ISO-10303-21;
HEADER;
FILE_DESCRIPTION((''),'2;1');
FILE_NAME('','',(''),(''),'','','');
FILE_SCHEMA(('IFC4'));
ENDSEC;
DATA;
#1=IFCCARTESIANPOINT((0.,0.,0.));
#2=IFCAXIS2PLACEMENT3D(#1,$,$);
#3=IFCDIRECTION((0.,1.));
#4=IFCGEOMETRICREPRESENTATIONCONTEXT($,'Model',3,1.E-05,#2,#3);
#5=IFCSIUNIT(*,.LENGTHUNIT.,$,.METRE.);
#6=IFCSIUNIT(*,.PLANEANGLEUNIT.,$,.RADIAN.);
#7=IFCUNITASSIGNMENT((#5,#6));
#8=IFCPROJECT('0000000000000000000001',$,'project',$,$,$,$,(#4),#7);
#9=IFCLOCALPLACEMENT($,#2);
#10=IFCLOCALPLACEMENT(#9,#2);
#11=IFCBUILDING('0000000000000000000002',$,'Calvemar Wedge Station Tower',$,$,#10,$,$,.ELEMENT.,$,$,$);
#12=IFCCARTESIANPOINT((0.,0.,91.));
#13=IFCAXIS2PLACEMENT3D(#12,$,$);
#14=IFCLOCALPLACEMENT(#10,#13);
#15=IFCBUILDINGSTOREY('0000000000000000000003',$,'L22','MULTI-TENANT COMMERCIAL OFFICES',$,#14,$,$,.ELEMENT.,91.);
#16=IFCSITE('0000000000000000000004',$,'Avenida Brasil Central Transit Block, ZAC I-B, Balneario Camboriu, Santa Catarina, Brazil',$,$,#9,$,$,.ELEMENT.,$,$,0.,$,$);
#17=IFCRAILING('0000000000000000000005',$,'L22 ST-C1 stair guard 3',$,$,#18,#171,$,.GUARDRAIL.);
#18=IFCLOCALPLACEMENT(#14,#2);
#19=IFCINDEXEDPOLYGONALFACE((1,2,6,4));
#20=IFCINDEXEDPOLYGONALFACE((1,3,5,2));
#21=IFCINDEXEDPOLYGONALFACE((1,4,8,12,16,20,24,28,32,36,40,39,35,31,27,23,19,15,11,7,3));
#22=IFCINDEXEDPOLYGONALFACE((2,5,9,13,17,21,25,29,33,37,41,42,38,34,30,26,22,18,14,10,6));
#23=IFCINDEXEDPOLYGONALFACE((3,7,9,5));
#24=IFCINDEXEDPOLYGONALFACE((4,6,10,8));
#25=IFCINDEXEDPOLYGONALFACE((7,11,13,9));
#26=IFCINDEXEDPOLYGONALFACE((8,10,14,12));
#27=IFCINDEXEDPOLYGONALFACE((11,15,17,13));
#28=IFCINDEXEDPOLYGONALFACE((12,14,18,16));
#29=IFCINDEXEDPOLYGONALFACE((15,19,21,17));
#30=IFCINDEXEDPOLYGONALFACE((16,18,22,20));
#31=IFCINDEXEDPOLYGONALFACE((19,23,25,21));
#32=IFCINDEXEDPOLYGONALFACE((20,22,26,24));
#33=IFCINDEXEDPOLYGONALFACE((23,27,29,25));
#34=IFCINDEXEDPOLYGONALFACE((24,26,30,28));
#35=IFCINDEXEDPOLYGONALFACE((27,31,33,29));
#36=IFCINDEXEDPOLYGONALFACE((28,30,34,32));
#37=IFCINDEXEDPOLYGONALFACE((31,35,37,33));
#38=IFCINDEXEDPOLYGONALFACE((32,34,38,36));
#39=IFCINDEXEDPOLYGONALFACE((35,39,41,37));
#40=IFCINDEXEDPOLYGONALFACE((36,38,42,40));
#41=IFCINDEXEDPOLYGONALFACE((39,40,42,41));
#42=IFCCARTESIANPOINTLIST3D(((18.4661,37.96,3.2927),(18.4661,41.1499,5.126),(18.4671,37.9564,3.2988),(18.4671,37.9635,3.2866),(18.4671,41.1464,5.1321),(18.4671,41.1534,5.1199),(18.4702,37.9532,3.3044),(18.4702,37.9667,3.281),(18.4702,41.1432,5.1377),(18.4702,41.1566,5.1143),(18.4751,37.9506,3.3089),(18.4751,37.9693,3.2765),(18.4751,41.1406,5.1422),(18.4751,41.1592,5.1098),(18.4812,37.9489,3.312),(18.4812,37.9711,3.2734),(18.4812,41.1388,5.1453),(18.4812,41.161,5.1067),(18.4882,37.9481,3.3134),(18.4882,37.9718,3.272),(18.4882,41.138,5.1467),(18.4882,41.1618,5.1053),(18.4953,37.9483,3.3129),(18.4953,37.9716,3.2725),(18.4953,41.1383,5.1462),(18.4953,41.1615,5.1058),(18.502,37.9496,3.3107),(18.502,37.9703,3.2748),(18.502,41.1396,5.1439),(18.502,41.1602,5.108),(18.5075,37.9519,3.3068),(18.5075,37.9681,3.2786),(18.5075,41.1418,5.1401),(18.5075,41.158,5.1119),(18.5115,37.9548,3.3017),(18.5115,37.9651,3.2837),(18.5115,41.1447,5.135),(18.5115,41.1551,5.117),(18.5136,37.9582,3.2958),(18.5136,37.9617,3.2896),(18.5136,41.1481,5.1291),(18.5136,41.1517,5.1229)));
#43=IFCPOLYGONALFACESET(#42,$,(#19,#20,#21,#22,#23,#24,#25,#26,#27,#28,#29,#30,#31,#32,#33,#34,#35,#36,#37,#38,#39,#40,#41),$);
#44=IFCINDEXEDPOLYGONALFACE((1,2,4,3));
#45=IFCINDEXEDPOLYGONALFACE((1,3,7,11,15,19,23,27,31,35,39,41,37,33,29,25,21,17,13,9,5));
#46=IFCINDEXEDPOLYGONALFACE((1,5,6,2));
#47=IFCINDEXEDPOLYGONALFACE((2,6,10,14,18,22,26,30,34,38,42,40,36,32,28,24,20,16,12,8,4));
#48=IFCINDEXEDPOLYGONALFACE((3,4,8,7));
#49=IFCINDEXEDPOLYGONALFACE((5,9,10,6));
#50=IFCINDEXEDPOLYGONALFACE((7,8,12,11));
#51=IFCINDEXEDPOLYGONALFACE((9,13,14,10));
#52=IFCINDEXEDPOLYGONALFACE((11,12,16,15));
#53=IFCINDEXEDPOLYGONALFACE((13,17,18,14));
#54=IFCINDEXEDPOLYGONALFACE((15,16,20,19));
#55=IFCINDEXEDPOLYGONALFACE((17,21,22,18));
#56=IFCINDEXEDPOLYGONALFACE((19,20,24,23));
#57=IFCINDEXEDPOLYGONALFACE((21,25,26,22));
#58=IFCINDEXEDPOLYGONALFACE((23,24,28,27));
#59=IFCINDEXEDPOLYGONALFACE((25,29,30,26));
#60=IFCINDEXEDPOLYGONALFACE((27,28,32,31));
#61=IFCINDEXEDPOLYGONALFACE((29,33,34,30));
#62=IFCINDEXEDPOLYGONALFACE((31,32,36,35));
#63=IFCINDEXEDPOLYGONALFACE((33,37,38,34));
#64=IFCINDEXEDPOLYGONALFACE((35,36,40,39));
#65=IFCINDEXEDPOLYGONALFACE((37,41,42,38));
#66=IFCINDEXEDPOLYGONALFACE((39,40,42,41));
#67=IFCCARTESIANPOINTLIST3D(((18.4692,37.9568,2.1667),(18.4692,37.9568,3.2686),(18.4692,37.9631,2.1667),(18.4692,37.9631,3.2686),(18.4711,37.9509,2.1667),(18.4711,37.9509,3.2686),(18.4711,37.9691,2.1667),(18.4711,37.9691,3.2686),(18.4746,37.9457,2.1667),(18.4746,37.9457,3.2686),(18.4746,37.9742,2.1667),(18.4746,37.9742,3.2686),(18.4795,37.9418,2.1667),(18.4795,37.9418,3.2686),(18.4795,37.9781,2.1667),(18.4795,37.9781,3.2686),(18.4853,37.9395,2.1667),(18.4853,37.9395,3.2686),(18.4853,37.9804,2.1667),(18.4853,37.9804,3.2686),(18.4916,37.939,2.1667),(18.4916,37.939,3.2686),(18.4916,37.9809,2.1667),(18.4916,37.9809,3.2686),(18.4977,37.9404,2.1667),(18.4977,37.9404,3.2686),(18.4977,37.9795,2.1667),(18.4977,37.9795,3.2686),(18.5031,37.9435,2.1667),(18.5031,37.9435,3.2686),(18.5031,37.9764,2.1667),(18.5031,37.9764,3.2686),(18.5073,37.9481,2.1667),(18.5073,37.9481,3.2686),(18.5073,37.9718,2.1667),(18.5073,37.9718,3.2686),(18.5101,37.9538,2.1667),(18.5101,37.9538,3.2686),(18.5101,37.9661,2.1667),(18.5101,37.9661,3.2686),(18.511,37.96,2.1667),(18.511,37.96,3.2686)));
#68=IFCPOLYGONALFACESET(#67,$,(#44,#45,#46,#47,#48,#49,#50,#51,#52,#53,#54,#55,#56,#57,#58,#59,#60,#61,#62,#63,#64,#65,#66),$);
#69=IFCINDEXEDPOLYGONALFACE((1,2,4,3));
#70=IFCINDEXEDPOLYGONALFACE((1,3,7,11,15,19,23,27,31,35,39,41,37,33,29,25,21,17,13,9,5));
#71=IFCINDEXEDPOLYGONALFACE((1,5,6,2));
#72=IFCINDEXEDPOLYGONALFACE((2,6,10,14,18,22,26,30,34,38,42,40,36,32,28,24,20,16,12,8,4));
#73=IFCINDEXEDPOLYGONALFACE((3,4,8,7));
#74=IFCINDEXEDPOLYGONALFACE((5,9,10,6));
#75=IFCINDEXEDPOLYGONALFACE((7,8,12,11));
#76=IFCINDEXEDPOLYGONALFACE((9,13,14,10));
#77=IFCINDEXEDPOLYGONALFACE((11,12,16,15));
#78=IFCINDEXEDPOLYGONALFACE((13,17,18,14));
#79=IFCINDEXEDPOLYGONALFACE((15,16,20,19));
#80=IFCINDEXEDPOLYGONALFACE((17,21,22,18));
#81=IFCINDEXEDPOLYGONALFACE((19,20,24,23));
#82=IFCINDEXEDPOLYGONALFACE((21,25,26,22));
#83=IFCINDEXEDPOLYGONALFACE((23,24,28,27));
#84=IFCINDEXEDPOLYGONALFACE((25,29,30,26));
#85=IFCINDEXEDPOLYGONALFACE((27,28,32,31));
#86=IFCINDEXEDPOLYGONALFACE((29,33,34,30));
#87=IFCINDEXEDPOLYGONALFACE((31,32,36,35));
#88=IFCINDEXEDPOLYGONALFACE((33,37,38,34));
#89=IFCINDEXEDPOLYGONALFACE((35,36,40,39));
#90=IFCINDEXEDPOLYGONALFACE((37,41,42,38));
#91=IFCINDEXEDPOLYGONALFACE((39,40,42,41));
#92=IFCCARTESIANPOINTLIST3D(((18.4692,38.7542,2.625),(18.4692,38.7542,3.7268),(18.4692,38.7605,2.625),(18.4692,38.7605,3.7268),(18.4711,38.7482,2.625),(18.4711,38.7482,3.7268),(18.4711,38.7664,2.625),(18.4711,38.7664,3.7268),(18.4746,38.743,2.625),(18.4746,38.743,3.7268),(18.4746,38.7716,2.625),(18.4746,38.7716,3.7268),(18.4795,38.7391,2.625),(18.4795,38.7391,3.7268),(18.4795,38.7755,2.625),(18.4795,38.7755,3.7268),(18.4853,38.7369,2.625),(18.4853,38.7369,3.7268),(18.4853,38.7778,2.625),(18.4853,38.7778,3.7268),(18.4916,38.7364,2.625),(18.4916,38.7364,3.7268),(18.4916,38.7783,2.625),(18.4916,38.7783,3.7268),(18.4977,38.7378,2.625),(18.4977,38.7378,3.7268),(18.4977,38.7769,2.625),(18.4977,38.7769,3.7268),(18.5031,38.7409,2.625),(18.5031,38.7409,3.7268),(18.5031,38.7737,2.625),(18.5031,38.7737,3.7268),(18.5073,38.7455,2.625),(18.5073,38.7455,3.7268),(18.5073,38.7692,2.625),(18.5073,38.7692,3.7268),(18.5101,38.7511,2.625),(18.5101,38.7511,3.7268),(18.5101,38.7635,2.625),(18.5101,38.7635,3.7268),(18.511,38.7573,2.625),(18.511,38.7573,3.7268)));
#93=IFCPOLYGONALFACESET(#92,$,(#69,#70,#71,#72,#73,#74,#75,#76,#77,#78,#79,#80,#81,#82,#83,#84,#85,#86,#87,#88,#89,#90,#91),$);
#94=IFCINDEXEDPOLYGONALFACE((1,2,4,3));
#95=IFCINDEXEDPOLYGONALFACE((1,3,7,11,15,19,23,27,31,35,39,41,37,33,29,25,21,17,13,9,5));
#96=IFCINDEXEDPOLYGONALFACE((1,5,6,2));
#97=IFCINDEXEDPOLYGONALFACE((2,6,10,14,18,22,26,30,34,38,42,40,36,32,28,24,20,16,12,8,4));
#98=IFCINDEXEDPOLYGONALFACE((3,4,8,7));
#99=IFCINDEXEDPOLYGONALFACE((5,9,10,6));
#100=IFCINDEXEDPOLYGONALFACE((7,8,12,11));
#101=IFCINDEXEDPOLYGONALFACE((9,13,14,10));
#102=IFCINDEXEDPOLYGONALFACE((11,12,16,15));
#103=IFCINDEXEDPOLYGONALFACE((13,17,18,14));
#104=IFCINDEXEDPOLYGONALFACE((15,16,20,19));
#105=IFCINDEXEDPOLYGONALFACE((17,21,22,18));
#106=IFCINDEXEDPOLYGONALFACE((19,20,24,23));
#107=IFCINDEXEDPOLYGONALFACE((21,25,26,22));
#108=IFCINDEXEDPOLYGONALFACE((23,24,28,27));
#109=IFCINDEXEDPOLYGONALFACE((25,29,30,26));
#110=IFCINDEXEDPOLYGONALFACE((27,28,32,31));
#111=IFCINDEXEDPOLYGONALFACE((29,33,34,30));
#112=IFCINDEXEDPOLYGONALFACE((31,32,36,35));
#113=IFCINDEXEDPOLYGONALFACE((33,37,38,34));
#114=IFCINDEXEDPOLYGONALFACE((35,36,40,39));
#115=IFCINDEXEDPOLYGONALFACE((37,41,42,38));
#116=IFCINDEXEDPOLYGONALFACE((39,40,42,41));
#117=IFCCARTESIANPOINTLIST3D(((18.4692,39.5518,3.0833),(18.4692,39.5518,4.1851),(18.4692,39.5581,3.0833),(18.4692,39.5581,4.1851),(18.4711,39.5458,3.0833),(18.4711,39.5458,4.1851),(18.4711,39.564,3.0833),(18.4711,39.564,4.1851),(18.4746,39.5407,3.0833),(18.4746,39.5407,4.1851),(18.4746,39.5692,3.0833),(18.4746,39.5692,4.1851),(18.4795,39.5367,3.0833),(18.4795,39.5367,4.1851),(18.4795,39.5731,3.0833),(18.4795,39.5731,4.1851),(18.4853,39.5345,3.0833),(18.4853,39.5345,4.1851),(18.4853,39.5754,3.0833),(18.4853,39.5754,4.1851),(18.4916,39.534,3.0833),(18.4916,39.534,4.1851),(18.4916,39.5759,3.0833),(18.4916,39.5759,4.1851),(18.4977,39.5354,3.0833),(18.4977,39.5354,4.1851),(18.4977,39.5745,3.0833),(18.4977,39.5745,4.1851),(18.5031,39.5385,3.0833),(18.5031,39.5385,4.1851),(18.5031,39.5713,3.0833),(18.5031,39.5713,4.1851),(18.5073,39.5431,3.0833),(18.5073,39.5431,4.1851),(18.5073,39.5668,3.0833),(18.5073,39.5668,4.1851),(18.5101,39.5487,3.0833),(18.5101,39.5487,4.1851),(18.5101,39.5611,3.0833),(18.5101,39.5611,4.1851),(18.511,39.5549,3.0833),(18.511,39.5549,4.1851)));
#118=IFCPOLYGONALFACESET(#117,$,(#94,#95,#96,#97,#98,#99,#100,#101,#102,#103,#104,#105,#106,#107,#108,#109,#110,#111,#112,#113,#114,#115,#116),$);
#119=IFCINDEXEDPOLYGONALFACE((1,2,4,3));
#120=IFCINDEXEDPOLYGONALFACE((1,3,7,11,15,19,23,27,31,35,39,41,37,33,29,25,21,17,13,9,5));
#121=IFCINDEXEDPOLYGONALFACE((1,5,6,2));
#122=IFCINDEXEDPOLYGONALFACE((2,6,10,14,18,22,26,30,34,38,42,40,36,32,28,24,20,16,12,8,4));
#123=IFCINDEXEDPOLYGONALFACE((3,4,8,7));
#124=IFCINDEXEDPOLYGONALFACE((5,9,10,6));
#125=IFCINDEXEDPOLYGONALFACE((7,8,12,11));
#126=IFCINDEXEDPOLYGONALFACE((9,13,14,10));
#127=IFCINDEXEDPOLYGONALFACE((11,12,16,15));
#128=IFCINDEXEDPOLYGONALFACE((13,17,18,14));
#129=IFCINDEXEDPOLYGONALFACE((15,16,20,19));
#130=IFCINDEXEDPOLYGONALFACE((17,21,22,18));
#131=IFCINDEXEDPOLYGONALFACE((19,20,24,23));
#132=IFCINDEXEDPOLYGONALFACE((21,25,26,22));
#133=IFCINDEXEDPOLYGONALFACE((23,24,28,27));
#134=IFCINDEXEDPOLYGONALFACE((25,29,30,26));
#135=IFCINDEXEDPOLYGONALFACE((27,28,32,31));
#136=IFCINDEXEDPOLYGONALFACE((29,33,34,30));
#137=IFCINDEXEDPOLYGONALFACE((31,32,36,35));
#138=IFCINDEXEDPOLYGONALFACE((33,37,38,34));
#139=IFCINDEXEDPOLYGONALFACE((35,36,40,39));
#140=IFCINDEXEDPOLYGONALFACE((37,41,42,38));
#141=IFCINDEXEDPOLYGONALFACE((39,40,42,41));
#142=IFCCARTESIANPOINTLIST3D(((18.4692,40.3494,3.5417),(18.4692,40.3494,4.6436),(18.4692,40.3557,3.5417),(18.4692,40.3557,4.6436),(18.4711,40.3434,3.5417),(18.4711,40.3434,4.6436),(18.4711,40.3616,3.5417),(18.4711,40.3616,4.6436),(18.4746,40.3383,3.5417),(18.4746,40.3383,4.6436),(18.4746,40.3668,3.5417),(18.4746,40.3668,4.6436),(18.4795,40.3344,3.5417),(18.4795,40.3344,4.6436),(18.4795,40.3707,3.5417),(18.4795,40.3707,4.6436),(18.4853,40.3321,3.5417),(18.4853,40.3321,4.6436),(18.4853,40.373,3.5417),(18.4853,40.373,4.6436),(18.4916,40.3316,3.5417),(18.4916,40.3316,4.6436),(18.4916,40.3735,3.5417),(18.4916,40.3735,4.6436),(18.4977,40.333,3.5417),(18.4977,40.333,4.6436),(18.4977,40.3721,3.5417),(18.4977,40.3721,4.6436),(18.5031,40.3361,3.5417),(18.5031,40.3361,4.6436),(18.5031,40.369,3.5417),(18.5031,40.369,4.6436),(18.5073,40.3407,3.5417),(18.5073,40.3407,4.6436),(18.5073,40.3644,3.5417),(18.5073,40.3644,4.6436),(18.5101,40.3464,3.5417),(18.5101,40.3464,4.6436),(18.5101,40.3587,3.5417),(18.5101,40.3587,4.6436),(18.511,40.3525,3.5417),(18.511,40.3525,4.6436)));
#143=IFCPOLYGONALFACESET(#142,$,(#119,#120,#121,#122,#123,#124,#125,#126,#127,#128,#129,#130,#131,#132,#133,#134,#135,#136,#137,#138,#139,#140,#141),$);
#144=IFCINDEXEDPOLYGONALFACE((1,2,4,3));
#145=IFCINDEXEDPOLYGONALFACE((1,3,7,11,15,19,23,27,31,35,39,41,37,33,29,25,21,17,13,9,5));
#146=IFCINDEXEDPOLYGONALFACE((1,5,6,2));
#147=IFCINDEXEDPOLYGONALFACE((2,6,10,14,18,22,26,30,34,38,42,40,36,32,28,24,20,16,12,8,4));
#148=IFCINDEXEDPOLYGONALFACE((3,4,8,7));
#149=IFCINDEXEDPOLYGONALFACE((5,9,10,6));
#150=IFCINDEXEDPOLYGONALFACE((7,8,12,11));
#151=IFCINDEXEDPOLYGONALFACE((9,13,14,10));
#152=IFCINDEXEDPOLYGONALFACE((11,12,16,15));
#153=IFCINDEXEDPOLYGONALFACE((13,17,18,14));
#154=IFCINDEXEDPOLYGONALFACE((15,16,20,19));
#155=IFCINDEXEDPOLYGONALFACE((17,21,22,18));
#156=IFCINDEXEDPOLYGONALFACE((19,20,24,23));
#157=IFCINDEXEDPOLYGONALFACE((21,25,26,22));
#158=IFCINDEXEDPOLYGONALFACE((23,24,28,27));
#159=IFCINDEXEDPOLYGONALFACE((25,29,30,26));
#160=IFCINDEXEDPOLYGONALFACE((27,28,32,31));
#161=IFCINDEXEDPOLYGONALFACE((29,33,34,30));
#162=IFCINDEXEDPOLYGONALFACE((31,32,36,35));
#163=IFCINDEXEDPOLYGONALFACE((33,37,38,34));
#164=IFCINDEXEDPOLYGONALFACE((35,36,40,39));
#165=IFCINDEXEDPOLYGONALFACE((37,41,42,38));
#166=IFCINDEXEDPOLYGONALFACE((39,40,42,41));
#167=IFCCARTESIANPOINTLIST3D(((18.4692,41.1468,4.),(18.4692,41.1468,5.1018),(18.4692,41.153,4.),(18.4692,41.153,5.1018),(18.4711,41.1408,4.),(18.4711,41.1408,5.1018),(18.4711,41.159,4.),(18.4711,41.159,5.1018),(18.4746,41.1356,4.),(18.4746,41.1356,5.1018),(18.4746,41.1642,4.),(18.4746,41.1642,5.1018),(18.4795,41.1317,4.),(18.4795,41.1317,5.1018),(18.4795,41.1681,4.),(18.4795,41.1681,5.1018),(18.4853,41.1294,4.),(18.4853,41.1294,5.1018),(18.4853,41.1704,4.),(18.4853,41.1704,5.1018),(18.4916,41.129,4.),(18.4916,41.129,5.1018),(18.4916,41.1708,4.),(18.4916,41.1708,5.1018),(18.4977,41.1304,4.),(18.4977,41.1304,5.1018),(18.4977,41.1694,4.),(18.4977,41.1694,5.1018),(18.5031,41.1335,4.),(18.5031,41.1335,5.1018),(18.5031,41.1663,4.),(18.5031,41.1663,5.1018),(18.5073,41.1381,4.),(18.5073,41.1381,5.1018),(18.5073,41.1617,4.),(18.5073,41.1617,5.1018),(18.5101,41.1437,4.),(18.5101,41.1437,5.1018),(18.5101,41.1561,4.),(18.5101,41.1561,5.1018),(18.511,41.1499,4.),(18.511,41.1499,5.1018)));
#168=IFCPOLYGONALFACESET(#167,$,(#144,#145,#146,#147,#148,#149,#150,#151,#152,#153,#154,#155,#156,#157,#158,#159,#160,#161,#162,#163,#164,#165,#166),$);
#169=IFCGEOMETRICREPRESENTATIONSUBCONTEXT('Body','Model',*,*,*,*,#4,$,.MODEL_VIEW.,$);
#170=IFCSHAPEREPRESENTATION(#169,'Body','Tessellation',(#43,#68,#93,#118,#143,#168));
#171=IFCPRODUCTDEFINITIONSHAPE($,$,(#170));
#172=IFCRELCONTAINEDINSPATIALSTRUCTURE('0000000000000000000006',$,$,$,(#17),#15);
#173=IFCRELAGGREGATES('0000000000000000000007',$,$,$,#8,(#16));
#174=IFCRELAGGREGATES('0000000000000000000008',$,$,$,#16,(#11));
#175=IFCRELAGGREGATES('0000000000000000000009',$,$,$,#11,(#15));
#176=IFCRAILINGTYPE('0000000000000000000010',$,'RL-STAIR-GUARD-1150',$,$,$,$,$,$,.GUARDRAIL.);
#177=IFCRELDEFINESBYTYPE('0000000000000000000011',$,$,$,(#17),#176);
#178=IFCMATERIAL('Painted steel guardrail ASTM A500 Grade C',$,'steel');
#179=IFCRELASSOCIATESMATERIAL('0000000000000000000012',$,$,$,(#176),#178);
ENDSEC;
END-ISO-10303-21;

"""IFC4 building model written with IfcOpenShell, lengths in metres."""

from ifc_helpers import new_model, si_unit, direction, frame, origin, origin_2d, place, context, subcontext, project, spatial, circle, extrude, material, type_object, element, save


model = new_model("IFC4")

# Units and contexts
model_context = context("Model", 3, precision=1e-05, world=origin(), true_north=direction((0.0, 1.0)))
body_context = subcontext(model_context, "Body", "Model", "MODEL_VIEW")
ifc_project = project(units=[si_unit("LENGTHUNIT", "METRE"), si_unit("PLANEANGLEUNIT", "RADIAN")], contexts=[model_context])

# Site, building, storey
site_placement = place(None, origin())
site = spatial("IfcSite", under=ifc_project, at=site_placement, Name="Avenida Brasil Central Transit Block, ZAC I-B, Balneario Camboriu, Santa Catarina, Brazil", CompositionType="ELEMENT", RefElevation=0.0)
building_placement = place(site_placement, origin())
building = spatial("IfcBuilding", under=site, at=building_placement, Name="Calvemar Wedge Station Tower", CompositionType="ELEMENT")
storey_placement = place(building_placement, frame((0.0, 0.0, 91.0)))
storey = spatial("IfcBuildingStorey", under=building, at=storey_placement, Name="L22", Description="MULTI-TENANT COMMERCIAL OFFICES", CompositionType="ELEMENT", Elevation=91.0)

# Railing
ifc_material_1 = material(Name="Painted steel guardrail ASTM A500 Grade C", Category="steel")
railing_type_1 = type_object("IfcRailingType", Name="RL-STAIR-GUARD-1150", PredefinedType="GUARDRAIL", material=ifc_material_1)
railing_1_placement = place(storey_placement, frame((18.49, 37.96, 2.1667)))
element("IfcRailing", 1, at=railing_1_placement, inside=storey, type_object=railing_type_1, Name="L22 ST-C1 stair guard 3", PredefinedType="GUARDRAIL", context=body_context, shape_type="SweptSolid", body=[
    extrude(circle(Radius=0.0239, at=origin_2d()), frame((0.0, 0.0, 1.126), z_axis=(0.0, 0.86702, 0.498274), x_axis=(-1.0, 0.0, 0.0)), (0.0, 0.0, 1.0), 3.6792),
    extrude(circle(Radius=0.021, at=origin_2d()), origin(), (0.0, 0.0, 1.0), 1.1018),
    extrude(circle(Radius=0.021, at=origin_2d()), frame((0.0, 0.7974, 0.4583)), (0.0, 0.0, 1.0), 1.1018),
    extrude(circle(Radius=0.021, at=origin_2d()), frame((0.0, 1.595, 0.9165)), (0.0, 0.0, 1.0), 1.1018),
    extrude(circle(Radius=0.021, at=origin_2d()), frame((0.0, 2.3926, 1.375)), (0.0, 0.0, 1.0), 1.1018),
    extrude(circle(Radius=0.021, at=origin_2d()), frame((0.0, 3.1899, 1.8333)), (0.0, 0.0, 1.0), 1.1018),
])

save(model, "model.ifc")
